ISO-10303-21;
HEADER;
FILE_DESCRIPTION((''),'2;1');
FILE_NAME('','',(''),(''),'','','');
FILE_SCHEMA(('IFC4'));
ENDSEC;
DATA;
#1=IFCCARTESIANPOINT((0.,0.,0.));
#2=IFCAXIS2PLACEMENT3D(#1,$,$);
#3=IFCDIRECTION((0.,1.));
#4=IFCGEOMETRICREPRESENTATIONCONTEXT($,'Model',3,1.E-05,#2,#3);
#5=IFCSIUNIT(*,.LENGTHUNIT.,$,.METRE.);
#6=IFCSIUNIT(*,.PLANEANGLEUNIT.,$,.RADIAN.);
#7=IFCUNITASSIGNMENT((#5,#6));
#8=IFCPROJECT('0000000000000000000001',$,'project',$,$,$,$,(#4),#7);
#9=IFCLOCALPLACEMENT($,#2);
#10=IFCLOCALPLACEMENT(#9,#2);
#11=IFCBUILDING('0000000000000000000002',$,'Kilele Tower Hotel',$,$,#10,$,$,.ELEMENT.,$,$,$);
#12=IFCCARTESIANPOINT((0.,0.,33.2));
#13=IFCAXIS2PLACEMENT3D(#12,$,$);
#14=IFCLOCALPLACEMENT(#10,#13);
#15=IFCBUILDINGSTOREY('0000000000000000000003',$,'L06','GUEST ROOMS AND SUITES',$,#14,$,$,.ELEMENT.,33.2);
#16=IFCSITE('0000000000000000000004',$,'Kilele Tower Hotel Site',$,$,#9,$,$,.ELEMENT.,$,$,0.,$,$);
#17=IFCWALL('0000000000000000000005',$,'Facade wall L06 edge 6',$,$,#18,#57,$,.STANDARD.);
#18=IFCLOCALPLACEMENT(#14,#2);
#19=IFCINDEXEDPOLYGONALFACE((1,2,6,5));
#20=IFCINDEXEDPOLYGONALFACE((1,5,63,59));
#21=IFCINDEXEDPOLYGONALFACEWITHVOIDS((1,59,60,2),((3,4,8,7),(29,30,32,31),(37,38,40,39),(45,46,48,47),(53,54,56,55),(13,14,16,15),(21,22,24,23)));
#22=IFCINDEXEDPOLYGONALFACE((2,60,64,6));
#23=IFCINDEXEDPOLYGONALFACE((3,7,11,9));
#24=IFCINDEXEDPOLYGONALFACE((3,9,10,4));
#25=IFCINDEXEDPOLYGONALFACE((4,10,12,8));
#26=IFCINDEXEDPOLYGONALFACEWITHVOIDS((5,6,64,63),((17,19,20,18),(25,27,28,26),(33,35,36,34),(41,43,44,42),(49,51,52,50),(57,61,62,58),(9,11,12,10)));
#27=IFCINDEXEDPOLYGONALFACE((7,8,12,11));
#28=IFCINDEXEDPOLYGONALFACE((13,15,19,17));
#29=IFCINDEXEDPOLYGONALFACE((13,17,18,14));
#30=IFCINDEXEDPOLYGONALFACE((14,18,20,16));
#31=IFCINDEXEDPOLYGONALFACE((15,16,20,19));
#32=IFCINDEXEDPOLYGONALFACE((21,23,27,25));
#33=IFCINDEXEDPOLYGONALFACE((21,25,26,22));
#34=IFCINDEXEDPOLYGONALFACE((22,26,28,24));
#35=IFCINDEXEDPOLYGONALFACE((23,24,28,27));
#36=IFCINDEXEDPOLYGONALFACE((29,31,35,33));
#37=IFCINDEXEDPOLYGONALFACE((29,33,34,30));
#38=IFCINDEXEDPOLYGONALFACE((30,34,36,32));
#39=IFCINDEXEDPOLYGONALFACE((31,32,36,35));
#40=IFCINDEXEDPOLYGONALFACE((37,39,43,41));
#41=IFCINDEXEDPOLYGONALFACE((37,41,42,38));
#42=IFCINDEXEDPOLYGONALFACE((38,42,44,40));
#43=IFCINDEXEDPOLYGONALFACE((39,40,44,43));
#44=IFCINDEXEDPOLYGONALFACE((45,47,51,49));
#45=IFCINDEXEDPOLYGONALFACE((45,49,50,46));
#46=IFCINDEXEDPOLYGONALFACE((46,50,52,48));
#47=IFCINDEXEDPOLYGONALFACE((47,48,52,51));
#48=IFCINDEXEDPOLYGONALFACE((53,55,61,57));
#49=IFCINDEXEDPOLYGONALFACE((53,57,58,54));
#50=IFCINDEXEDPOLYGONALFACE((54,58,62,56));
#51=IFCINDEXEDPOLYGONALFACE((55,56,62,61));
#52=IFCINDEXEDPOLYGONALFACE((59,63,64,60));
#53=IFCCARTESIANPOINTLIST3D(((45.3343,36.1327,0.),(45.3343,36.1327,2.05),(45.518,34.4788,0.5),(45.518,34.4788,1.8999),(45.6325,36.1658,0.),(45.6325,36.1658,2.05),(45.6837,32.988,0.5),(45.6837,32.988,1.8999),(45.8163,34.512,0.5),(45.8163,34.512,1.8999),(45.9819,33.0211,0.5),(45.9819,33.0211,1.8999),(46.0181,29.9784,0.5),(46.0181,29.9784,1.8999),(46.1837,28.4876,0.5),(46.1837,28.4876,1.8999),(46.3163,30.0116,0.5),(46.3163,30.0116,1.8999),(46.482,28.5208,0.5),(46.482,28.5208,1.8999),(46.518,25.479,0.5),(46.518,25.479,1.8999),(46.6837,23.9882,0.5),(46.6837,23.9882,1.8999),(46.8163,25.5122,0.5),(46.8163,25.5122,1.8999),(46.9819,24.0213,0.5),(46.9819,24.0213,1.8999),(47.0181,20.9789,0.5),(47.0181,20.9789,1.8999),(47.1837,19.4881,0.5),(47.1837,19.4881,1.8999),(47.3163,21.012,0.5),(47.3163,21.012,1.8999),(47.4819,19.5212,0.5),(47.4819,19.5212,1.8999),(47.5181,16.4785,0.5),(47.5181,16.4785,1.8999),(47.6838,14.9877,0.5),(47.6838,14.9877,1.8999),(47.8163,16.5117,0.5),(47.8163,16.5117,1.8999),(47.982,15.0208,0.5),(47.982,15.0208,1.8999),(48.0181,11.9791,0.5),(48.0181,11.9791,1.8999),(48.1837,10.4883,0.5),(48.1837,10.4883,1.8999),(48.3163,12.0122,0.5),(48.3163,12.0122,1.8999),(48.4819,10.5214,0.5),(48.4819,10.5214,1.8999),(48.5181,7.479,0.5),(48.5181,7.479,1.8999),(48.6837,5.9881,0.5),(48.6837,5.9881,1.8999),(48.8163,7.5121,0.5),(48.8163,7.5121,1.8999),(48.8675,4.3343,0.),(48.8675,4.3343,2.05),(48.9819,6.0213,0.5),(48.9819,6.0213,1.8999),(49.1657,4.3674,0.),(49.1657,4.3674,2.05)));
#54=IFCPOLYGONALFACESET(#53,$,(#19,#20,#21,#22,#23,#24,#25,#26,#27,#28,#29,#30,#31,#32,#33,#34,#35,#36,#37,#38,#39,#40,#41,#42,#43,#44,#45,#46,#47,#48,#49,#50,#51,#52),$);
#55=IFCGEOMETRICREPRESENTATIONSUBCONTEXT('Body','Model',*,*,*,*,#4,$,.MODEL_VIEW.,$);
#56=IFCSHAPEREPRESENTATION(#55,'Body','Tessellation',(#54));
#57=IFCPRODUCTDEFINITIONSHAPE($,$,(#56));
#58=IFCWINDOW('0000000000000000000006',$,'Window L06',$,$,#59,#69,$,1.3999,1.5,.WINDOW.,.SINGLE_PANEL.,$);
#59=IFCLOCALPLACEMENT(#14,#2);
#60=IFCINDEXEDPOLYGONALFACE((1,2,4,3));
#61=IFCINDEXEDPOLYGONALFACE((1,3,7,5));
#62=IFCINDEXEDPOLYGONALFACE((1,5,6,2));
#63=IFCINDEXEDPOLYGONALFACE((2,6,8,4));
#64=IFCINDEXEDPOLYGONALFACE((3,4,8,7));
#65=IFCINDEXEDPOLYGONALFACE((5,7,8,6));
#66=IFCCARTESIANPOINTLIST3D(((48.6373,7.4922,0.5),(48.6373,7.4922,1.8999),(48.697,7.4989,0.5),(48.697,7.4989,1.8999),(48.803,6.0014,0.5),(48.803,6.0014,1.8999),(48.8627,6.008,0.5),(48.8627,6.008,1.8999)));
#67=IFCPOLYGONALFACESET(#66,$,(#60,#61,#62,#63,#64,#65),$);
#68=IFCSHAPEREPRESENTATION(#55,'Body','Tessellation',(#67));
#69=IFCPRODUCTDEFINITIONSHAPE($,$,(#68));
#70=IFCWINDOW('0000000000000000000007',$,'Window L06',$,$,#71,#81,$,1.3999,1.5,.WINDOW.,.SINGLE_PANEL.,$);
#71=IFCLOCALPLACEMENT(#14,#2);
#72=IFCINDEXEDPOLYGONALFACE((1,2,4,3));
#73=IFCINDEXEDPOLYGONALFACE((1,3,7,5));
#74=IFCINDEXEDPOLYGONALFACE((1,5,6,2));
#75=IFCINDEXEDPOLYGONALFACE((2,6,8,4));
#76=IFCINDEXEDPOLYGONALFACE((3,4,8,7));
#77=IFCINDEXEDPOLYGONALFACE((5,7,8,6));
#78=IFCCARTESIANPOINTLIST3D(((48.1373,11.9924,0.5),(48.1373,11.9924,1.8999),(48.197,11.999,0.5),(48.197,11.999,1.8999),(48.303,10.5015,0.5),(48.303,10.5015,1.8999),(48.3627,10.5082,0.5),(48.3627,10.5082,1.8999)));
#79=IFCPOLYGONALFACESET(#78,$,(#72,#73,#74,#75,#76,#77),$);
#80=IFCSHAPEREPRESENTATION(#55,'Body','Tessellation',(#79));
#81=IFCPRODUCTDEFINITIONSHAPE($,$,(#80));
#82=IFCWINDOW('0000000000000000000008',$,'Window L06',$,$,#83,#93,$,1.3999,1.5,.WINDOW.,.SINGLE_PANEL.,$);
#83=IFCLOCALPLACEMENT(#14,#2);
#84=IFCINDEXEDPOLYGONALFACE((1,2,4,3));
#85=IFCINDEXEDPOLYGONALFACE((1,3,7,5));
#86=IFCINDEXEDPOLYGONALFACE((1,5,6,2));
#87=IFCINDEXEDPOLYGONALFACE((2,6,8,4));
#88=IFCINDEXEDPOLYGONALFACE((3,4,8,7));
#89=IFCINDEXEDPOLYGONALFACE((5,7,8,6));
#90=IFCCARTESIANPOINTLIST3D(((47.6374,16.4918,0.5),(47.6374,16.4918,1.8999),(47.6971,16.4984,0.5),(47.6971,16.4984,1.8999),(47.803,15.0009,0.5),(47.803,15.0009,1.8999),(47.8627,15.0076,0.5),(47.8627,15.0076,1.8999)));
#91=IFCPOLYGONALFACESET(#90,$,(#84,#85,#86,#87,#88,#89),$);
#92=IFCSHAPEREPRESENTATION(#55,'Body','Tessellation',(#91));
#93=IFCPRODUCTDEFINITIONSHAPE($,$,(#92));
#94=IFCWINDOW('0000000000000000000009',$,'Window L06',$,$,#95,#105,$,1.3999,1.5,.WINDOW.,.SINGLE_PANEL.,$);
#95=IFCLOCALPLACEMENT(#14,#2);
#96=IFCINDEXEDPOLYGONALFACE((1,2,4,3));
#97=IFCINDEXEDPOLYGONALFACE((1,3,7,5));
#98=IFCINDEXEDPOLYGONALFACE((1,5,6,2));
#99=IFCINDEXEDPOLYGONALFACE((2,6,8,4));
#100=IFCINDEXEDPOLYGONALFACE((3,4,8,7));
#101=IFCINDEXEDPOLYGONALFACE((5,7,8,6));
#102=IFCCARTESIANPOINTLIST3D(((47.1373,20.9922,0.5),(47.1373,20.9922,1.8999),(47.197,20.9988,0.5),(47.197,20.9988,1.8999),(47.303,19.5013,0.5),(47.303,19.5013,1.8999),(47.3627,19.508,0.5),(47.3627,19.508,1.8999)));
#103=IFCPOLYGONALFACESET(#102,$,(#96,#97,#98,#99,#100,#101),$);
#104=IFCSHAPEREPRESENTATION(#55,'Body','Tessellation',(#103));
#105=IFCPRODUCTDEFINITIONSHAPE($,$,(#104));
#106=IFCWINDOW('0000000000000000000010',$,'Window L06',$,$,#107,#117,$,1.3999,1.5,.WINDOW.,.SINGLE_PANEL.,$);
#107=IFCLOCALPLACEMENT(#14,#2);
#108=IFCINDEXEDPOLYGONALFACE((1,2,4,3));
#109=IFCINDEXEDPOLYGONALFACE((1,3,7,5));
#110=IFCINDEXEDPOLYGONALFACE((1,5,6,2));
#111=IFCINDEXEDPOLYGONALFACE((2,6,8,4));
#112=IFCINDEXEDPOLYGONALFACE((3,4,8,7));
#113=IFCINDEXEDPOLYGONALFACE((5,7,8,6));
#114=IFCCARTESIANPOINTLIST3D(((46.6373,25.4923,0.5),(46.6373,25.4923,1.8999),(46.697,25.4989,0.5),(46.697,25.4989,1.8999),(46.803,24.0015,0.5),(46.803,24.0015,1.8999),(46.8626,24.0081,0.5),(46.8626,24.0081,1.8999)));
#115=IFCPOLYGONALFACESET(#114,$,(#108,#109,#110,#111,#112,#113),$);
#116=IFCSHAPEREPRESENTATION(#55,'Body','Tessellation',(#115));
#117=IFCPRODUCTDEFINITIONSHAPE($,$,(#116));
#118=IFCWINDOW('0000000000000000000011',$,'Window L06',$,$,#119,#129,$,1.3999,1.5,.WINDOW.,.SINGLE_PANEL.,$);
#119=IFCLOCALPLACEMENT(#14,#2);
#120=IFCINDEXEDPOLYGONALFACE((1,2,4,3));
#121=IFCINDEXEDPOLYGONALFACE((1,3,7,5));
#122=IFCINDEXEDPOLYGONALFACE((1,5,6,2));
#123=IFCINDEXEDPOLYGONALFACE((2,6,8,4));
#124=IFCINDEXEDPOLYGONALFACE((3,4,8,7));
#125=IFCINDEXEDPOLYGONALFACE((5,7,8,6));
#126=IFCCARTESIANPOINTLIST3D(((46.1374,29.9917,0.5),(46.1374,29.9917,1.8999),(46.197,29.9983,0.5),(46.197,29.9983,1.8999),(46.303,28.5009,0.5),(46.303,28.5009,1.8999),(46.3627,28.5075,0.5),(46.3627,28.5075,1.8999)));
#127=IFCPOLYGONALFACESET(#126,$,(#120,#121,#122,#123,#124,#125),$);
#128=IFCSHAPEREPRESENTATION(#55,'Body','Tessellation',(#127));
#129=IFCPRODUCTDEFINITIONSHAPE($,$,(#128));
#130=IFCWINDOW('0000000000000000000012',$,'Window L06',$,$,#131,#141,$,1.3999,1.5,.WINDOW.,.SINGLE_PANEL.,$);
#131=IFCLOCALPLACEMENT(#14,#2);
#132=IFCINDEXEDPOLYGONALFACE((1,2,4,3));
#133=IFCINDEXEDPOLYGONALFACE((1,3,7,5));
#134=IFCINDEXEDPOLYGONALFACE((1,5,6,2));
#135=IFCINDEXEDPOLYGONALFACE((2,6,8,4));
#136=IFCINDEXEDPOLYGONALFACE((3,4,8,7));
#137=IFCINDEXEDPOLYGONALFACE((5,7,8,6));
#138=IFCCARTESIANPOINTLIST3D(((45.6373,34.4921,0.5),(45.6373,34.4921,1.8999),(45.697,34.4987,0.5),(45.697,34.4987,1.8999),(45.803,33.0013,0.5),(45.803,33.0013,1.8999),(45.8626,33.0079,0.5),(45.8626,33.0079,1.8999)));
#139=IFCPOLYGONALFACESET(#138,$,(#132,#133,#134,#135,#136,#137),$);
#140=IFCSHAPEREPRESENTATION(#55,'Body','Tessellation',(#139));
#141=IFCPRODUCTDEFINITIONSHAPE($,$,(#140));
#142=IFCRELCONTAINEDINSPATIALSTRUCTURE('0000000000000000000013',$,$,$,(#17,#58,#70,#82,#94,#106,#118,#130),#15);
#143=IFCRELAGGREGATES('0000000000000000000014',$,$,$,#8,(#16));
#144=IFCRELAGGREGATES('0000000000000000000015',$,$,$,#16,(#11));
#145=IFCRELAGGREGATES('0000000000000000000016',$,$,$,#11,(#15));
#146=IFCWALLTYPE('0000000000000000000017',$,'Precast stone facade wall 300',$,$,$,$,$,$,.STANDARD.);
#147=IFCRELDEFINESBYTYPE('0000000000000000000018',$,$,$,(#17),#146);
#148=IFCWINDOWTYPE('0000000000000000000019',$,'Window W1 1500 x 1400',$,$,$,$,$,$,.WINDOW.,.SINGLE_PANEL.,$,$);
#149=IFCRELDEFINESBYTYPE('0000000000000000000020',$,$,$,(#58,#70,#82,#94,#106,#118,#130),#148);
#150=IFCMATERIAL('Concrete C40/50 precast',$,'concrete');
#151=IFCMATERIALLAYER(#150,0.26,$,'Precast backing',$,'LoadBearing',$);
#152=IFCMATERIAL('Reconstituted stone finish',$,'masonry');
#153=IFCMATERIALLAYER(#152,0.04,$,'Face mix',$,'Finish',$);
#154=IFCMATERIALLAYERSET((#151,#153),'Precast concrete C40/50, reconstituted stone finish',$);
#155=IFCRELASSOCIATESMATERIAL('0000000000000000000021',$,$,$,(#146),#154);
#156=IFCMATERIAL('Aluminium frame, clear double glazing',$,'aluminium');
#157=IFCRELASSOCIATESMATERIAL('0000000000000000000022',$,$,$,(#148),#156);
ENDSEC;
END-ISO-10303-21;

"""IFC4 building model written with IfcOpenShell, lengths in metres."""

from ifc_helpers import new_model, si_unit, direction, frame, frame_2d, origin, place, context, subcontext, project, spatial, rectangle, extrude, material, layer, layer_set, type_object, element, fill, save


model = new_model("IFC4")

# Units and contexts
model_context = context("Model", 3, precision=1e-05, world=origin(), true_north=direction((0.0, 1.0)))
body_context = subcontext(model_context, "Body", "Model", "MODEL_VIEW")
ifc_project = project(units=[si_unit("LENGTHUNIT", "METRE"), si_unit("PLANEANGLEUNIT", "RADIAN")], contexts=[model_context])

# Site, building, storey
site_placement = place(None, origin())
site = spatial("IfcSite", under=ifc_project, at=site_placement, Name="Kilele Tower Hotel Site", CompositionType="ELEMENT", RefElevation=0.0)
building_placement = place(site_placement, origin())
building = spatial("IfcBuilding", under=site, at=building_placement, Name="Kilele Tower Hotel", CompositionType="ELEMENT")
storey_placement = place(building_placement, frame((0.0, 0.0, 33.2)))
storey = spatial("IfcBuildingStorey", under=building, at=storey_placement, Name="L06", Description="GUEST ROOMS AND SUITES", CompositionType="ELEMENT", Elevation=33.2)

# Shared definitions
ifc_material_1 = material(Name="Concrete C40/50 precast", Category="concrete")
ifc_layer_1 = layer(ifc_material_1, 0.26, Name="Precast backing", Category="LoadBearing")
ifc_material_2 = material(Name="Reconstituted stone finish", Category="masonry")
ifc_layer_2 = layer(ifc_material_2, 0.04, Name="Face mix", Category="Finish")
ifc_layer_set_1 = layer_set([ifc_layer_1, ifc_layer_2], Name="Precast concrete C40/50, reconstituted stone finish")
wall_type_1 = type_object("IfcWallType", Name="Precast stone facade wall 300", PredefinedType="STANDARD", material=ifc_layer_set_1)
ifc_material_3 = material(Name="Aluminium frame, clear double glazing", Category="aluminium")
window_type = type_object("IfcWindowType", Name="Window W1 1500 x 1400", PartitioningType="SINGLE_PANEL", PredefinedType="WINDOW", material=ifc_material_3)

# Wall, openings, windows
wall_1_placement = place(storey_placement, frame((49.0166, 4.3508, 0.0), z_axis=(0.0, 0.0, 1.0), x_axis=(-0.110433, 0.993884, 0.0)))
wall_1 = element("IfcWall", 1, at=wall_1_placement, inside=storey, type_object=wall_type_1, Name="Facade wall L06 edge 6", PredefinedType="STANDARD", context=body_context, shape_type="SweptSolid", body=[
    extrude(rectangle(XDim=31.9941, YDim=0.3, at=frame_2d((15.9971, 0.0))), origin(), (0.0, 0.0, 1.0), 2.05),
])
opening_1_placement = place(wall_1_placement, frame((1.6641, 0.0, 0.5)))
opening_1 = element("IfcOpeningElement", 2, at=opening_1_placement, cuts=wall_1, PredefinedType="OPENING", context=body_context, shape_type="SweptSolid", body=[
    extrude(rectangle(XDim=1.5, YDim=1.3999, at=frame_2d((0.75, 0.7))), frame((0.0, 0.1599, 0.0), z_axis=(0.0, -1.0, 0.0), x_axis=(1.0, 0.0, 0.0)), (0.0, 0.0, 1.0), 0.3201),
])
opening_2_placement = place(wall_1_placement, frame((6.1919, 0.0, 0.5)))
opening_2 = element("IfcOpeningElement", 3, at=opening_2_placement, cuts=wall_1, PredefinedType="OPENING", context=body_context, shape_type="SweptSolid", body=[
    extrude(rectangle(XDim=1.5, YDim=1.3999, at=frame_2d((0.75, 0.7))), frame((0.0, 0.1599, 0.0), z_axis=(0.0, -1.0, 0.0), x_axis=(1.0, 0.0, 0.0)), (0.0, 0.0, 1.0), 0.3201),
])
opening_3_placement = place(wall_1_placement, frame((10.719, 0.0, 0.5)))
opening_3 = element("IfcOpeningElement", 4, at=opening_3_placement, cuts=wall_1, PredefinedType="OPENING", context=body_context, shape_type="SweptSolid", body=[
    extrude(rectangle(XDim=1.5, YDim=1.3999, at=frame_2d((0.75, 0.7))), frame((0.0, 0.1599, 0.0), z_axis=(0.0, -1.0, 0.0), x_axis=(1.0, 0.0, 0.0)), (0.0, 0.0, 1.0), 0.3201),
])
opening_4_placement = place(wall_1_placement, frame((15.2471, 0.0, 0.5)))
opening_4 = element("IfcOpeningElement", 5, at=opening_4_placement, cuts=wall_1, PredefinedType="OPENING", context=body_context, shape_type="SweptSolid", body=[
    extrude(rectangle(XDim=1.5, YDim=1.3999, at=frame_2d((0.75, 0.7))), frame((0.0, 0.1599, 0.0), z_axis=(0.0, -1.0, 0.0), x_axis=(1.0, 0.0, 0.0)), (0.0, 0.0, 1.0), 0.3201),
])
opening_5_placement = place(wall_1_placement, frame((19.7749, 0.0, 0.5)))
opening_5 = element("IfcOpeningElement", 6, at=opening_5_placement, cuts=wall_1, PredefinedType="OPENING", context=body_context, shape_type="SweptSolid", body=[
    extrude(rectangle(XDim=1.5, YDim=1.3999, at=frame_2d((0.75, 0.7))), frame((0.0, 0.1599, 0.0), z_axis=(0.0, -1.0, 0.0), x_axis=(1.0, 0.0, 0.0)), (0.0, 0.0, 1.0), 0.3201),
])
opening_6_placement = place(wall_1_placement, frame((24.302, 0.0, 0.5)))
opening_6 = element("IfcOpeningElement", 7, at=opening_6_placement, cuts=wall_1, PredefinedType="OPENING", context=body_context, shape_type="SweptSolid", body=[
    extrude(rectangle(XDim=1.5, YDim=1.3999, at=frame_2d((0.75, 0.7))), frame((0.0, 0.1599, 0.0), z_axis=(0.0, -1.0, 0.0), x_axis=(1.0, 0.0, 0.0)), (0.0, 0.0, 1.0), 0.3201),
])
opening_7_placement = place(wall_1_placement, frame((28.8301, 0.0, 0.5)))
opening_7 = element("IfcOpeningElement", 8, at=opening_7_placement, cuts=wall_1, PredefinedType="OPENING", context=body_context, shape_type="SweptSolid", body=[
    extrude(rectangle(XDim=1.5, YDim=1.3999, at=frame_2d((0.75, 0.7))), frame((0.0, 0.1599, 0.0), z_axis=(0.0, -1.0, 0.0), x_axis=(1.0, 0.0, 0.0)), (0.0, 0.0, 1.0), 0.3201),
])
window_1_placement = place(opening_1_placement, origin())
window_1 = element("IfcWindow", 9, at=window_1_placement, inside=storey, type_object=window_type, Name="Window L06", OverallHeight=1.3999, OverallWidth=1.5, PartitioningType="SINGLE_PANEL", PredefinedType="WINDOW", context=body_context, shape_type="SweptSolid", body=[
    extrude(rectangle(XDim=1.5, YDim=1.3999, at=frame_2d((0.75, 0.7))), frame((0.0, 0.03, 0.0), z_axis=(0.0, -1.0, 0.0), x_axis=(1.0, 0.0, 0.0)), (0.0, 0.0, 1.0), 0.0601),
])
fill(opening_1, window_1)
window_2_placement = place(opening_2_placement, origin())
window_2 = element("IfcWindow", 10, at=window_2_placement, inside=storey, type_object=window_type, Name="Window L06", OverallHeight=1.3999, OverallWidth=1.5, PartitioningType="SINGLE_PANEL", PredefinedType="WINDOW", context=body_context, shape_type="SweptSolid", body=[
    extrude(rectangle(XDim=1.5, YDim=1.3999, at=frame_2d((0.75, 0.7))), frame((0.0, 0.03, 0.0), z_axis=(0.0, -1.0, 0.0), x_axis=(1.0, 0.0, 0.0)), (0.0, 0.0, 1.0), 0.0601),
])
fill(opening_2, window_2)
window_3_placement = place(opening_3_placement, origin())
window_3 = element("IfcWindow", 11, at=window_3_placement, inside=storey, type_object=window_type, Name="Window L06", OverallHeight=1.3999, OverallWidth=1.5, PartitioningType="SINGLE_PANEL", PredefinedType="WINDOW", context=body_context, shape_type="SweptSolid", body=[
    extrude(rectangle(XDim=1.5, YDim=1.3999, at=frame_2d((0.75, 0.7))), frame((0.0, 0.03, 0.0), z_axis=(0.0, -1.0, 0.0), x_axis=(1.0, 0.0, 0.0)), (0.0, 0.0, 1.0), 0.0601),
])
fill(opening_3, window_3)
window_4_placement = place(opening_4_placement, origin())
window_4 = element("IfcWindow", 12, at=window_4_placement, inside=storey, type_object=window_type, Name="Window L06", OverallHeight=1.3999, OverallWidth=1.5, PartitioningType="SINGLE_PANEL", PredefinedType="WINDOW", context=body_context, shape_type="SweptSolid", body=[
    extrude(rectangle(XDim=1.5, YDim=1.3999, at=frame_2d((0.75, 0.7))), frame((0.0, 0.03, 0.0), z_axis=(0.0, -1.0, 0.0), x_axis=(1.0, 0.0, 0.0)), (0.0, 0.0, 1.0), 0.0601),
])
fill(opening_4, window_4)
window_5_placement = place(opening_5_placement, origin())
window_5 = element("IfcWindow", 13, at=window_5_placement, inside=storey, type_object=window_type, Name="Window L06", OverallHeight=1.3999, OverallWidth=1.5, PartitioningType="SINGLE_PANEL", PredefinedType="WINDOW", context=body_context, shape_type="SweptSolid", body=[
    extrude(rectangle(XDim=1.5, YDim=1.3999, at=frame_2d((0.75, 0.7))), frame((0.0, 0.03, 0.0), z_axis=(0.0, -1.0, 0.0), x_axis=(1.0, 0.0, 0.0)), (0.0, 0.0, 1.0), 0.0601),
])
fill(opening_5, window_5)
window_6_placement = place(opening_6_placement, origin())
window_6 = element("IfcWindow", 14, at=window_6_placement, inside=storey, type_object=window_type, Name="Window L06", OverallHeight=1.3999, OverallWidth=1.5, PartitioningType="SINGLE_PANEL", PredefinedType="WINDOW", context=body_context, shape_type="SweptSolid", body=[
    extrude(rectangle(XDim=1.5, YDim=1.3999, at=frame_2d((0.75, 0.7))), frame((0.0, 0.03, 0.0), z_axis=(0.0, -1.0, 0.0), x_axis=(1.0, 0.0, 0.0)), (0.0, 0.0, 1.0), 0.0601),
])
fill(opening_6, window_6)
window_7_placement = place(opening_7_placement, origin())
window_7 = element("IfcWindow", 15, at=window_7_placement, inside=storey, type_object=window_type, Name="Window L06", OverallHeight=1.3999, OverallWidth=1.5, PartitioningType="SINGLE_PANEL", PredefinedType="WINDOW", context=body_context, shape_type="SweptSolid", body=[
    extrude(rectangle(XDim=1.5, YDim=1.3999, at=frame_2d((0.75, 0.7))), frame((0.0, 0.03, 0.0), z_axis=(0.0, -1.0, 0.0), x_axis=(1.0, 0.0, 0.0)), (0.0, 0.0, 1.0), 0.0601),
])
fill(opening_7, window_7)

save(model, "model.ifc")
